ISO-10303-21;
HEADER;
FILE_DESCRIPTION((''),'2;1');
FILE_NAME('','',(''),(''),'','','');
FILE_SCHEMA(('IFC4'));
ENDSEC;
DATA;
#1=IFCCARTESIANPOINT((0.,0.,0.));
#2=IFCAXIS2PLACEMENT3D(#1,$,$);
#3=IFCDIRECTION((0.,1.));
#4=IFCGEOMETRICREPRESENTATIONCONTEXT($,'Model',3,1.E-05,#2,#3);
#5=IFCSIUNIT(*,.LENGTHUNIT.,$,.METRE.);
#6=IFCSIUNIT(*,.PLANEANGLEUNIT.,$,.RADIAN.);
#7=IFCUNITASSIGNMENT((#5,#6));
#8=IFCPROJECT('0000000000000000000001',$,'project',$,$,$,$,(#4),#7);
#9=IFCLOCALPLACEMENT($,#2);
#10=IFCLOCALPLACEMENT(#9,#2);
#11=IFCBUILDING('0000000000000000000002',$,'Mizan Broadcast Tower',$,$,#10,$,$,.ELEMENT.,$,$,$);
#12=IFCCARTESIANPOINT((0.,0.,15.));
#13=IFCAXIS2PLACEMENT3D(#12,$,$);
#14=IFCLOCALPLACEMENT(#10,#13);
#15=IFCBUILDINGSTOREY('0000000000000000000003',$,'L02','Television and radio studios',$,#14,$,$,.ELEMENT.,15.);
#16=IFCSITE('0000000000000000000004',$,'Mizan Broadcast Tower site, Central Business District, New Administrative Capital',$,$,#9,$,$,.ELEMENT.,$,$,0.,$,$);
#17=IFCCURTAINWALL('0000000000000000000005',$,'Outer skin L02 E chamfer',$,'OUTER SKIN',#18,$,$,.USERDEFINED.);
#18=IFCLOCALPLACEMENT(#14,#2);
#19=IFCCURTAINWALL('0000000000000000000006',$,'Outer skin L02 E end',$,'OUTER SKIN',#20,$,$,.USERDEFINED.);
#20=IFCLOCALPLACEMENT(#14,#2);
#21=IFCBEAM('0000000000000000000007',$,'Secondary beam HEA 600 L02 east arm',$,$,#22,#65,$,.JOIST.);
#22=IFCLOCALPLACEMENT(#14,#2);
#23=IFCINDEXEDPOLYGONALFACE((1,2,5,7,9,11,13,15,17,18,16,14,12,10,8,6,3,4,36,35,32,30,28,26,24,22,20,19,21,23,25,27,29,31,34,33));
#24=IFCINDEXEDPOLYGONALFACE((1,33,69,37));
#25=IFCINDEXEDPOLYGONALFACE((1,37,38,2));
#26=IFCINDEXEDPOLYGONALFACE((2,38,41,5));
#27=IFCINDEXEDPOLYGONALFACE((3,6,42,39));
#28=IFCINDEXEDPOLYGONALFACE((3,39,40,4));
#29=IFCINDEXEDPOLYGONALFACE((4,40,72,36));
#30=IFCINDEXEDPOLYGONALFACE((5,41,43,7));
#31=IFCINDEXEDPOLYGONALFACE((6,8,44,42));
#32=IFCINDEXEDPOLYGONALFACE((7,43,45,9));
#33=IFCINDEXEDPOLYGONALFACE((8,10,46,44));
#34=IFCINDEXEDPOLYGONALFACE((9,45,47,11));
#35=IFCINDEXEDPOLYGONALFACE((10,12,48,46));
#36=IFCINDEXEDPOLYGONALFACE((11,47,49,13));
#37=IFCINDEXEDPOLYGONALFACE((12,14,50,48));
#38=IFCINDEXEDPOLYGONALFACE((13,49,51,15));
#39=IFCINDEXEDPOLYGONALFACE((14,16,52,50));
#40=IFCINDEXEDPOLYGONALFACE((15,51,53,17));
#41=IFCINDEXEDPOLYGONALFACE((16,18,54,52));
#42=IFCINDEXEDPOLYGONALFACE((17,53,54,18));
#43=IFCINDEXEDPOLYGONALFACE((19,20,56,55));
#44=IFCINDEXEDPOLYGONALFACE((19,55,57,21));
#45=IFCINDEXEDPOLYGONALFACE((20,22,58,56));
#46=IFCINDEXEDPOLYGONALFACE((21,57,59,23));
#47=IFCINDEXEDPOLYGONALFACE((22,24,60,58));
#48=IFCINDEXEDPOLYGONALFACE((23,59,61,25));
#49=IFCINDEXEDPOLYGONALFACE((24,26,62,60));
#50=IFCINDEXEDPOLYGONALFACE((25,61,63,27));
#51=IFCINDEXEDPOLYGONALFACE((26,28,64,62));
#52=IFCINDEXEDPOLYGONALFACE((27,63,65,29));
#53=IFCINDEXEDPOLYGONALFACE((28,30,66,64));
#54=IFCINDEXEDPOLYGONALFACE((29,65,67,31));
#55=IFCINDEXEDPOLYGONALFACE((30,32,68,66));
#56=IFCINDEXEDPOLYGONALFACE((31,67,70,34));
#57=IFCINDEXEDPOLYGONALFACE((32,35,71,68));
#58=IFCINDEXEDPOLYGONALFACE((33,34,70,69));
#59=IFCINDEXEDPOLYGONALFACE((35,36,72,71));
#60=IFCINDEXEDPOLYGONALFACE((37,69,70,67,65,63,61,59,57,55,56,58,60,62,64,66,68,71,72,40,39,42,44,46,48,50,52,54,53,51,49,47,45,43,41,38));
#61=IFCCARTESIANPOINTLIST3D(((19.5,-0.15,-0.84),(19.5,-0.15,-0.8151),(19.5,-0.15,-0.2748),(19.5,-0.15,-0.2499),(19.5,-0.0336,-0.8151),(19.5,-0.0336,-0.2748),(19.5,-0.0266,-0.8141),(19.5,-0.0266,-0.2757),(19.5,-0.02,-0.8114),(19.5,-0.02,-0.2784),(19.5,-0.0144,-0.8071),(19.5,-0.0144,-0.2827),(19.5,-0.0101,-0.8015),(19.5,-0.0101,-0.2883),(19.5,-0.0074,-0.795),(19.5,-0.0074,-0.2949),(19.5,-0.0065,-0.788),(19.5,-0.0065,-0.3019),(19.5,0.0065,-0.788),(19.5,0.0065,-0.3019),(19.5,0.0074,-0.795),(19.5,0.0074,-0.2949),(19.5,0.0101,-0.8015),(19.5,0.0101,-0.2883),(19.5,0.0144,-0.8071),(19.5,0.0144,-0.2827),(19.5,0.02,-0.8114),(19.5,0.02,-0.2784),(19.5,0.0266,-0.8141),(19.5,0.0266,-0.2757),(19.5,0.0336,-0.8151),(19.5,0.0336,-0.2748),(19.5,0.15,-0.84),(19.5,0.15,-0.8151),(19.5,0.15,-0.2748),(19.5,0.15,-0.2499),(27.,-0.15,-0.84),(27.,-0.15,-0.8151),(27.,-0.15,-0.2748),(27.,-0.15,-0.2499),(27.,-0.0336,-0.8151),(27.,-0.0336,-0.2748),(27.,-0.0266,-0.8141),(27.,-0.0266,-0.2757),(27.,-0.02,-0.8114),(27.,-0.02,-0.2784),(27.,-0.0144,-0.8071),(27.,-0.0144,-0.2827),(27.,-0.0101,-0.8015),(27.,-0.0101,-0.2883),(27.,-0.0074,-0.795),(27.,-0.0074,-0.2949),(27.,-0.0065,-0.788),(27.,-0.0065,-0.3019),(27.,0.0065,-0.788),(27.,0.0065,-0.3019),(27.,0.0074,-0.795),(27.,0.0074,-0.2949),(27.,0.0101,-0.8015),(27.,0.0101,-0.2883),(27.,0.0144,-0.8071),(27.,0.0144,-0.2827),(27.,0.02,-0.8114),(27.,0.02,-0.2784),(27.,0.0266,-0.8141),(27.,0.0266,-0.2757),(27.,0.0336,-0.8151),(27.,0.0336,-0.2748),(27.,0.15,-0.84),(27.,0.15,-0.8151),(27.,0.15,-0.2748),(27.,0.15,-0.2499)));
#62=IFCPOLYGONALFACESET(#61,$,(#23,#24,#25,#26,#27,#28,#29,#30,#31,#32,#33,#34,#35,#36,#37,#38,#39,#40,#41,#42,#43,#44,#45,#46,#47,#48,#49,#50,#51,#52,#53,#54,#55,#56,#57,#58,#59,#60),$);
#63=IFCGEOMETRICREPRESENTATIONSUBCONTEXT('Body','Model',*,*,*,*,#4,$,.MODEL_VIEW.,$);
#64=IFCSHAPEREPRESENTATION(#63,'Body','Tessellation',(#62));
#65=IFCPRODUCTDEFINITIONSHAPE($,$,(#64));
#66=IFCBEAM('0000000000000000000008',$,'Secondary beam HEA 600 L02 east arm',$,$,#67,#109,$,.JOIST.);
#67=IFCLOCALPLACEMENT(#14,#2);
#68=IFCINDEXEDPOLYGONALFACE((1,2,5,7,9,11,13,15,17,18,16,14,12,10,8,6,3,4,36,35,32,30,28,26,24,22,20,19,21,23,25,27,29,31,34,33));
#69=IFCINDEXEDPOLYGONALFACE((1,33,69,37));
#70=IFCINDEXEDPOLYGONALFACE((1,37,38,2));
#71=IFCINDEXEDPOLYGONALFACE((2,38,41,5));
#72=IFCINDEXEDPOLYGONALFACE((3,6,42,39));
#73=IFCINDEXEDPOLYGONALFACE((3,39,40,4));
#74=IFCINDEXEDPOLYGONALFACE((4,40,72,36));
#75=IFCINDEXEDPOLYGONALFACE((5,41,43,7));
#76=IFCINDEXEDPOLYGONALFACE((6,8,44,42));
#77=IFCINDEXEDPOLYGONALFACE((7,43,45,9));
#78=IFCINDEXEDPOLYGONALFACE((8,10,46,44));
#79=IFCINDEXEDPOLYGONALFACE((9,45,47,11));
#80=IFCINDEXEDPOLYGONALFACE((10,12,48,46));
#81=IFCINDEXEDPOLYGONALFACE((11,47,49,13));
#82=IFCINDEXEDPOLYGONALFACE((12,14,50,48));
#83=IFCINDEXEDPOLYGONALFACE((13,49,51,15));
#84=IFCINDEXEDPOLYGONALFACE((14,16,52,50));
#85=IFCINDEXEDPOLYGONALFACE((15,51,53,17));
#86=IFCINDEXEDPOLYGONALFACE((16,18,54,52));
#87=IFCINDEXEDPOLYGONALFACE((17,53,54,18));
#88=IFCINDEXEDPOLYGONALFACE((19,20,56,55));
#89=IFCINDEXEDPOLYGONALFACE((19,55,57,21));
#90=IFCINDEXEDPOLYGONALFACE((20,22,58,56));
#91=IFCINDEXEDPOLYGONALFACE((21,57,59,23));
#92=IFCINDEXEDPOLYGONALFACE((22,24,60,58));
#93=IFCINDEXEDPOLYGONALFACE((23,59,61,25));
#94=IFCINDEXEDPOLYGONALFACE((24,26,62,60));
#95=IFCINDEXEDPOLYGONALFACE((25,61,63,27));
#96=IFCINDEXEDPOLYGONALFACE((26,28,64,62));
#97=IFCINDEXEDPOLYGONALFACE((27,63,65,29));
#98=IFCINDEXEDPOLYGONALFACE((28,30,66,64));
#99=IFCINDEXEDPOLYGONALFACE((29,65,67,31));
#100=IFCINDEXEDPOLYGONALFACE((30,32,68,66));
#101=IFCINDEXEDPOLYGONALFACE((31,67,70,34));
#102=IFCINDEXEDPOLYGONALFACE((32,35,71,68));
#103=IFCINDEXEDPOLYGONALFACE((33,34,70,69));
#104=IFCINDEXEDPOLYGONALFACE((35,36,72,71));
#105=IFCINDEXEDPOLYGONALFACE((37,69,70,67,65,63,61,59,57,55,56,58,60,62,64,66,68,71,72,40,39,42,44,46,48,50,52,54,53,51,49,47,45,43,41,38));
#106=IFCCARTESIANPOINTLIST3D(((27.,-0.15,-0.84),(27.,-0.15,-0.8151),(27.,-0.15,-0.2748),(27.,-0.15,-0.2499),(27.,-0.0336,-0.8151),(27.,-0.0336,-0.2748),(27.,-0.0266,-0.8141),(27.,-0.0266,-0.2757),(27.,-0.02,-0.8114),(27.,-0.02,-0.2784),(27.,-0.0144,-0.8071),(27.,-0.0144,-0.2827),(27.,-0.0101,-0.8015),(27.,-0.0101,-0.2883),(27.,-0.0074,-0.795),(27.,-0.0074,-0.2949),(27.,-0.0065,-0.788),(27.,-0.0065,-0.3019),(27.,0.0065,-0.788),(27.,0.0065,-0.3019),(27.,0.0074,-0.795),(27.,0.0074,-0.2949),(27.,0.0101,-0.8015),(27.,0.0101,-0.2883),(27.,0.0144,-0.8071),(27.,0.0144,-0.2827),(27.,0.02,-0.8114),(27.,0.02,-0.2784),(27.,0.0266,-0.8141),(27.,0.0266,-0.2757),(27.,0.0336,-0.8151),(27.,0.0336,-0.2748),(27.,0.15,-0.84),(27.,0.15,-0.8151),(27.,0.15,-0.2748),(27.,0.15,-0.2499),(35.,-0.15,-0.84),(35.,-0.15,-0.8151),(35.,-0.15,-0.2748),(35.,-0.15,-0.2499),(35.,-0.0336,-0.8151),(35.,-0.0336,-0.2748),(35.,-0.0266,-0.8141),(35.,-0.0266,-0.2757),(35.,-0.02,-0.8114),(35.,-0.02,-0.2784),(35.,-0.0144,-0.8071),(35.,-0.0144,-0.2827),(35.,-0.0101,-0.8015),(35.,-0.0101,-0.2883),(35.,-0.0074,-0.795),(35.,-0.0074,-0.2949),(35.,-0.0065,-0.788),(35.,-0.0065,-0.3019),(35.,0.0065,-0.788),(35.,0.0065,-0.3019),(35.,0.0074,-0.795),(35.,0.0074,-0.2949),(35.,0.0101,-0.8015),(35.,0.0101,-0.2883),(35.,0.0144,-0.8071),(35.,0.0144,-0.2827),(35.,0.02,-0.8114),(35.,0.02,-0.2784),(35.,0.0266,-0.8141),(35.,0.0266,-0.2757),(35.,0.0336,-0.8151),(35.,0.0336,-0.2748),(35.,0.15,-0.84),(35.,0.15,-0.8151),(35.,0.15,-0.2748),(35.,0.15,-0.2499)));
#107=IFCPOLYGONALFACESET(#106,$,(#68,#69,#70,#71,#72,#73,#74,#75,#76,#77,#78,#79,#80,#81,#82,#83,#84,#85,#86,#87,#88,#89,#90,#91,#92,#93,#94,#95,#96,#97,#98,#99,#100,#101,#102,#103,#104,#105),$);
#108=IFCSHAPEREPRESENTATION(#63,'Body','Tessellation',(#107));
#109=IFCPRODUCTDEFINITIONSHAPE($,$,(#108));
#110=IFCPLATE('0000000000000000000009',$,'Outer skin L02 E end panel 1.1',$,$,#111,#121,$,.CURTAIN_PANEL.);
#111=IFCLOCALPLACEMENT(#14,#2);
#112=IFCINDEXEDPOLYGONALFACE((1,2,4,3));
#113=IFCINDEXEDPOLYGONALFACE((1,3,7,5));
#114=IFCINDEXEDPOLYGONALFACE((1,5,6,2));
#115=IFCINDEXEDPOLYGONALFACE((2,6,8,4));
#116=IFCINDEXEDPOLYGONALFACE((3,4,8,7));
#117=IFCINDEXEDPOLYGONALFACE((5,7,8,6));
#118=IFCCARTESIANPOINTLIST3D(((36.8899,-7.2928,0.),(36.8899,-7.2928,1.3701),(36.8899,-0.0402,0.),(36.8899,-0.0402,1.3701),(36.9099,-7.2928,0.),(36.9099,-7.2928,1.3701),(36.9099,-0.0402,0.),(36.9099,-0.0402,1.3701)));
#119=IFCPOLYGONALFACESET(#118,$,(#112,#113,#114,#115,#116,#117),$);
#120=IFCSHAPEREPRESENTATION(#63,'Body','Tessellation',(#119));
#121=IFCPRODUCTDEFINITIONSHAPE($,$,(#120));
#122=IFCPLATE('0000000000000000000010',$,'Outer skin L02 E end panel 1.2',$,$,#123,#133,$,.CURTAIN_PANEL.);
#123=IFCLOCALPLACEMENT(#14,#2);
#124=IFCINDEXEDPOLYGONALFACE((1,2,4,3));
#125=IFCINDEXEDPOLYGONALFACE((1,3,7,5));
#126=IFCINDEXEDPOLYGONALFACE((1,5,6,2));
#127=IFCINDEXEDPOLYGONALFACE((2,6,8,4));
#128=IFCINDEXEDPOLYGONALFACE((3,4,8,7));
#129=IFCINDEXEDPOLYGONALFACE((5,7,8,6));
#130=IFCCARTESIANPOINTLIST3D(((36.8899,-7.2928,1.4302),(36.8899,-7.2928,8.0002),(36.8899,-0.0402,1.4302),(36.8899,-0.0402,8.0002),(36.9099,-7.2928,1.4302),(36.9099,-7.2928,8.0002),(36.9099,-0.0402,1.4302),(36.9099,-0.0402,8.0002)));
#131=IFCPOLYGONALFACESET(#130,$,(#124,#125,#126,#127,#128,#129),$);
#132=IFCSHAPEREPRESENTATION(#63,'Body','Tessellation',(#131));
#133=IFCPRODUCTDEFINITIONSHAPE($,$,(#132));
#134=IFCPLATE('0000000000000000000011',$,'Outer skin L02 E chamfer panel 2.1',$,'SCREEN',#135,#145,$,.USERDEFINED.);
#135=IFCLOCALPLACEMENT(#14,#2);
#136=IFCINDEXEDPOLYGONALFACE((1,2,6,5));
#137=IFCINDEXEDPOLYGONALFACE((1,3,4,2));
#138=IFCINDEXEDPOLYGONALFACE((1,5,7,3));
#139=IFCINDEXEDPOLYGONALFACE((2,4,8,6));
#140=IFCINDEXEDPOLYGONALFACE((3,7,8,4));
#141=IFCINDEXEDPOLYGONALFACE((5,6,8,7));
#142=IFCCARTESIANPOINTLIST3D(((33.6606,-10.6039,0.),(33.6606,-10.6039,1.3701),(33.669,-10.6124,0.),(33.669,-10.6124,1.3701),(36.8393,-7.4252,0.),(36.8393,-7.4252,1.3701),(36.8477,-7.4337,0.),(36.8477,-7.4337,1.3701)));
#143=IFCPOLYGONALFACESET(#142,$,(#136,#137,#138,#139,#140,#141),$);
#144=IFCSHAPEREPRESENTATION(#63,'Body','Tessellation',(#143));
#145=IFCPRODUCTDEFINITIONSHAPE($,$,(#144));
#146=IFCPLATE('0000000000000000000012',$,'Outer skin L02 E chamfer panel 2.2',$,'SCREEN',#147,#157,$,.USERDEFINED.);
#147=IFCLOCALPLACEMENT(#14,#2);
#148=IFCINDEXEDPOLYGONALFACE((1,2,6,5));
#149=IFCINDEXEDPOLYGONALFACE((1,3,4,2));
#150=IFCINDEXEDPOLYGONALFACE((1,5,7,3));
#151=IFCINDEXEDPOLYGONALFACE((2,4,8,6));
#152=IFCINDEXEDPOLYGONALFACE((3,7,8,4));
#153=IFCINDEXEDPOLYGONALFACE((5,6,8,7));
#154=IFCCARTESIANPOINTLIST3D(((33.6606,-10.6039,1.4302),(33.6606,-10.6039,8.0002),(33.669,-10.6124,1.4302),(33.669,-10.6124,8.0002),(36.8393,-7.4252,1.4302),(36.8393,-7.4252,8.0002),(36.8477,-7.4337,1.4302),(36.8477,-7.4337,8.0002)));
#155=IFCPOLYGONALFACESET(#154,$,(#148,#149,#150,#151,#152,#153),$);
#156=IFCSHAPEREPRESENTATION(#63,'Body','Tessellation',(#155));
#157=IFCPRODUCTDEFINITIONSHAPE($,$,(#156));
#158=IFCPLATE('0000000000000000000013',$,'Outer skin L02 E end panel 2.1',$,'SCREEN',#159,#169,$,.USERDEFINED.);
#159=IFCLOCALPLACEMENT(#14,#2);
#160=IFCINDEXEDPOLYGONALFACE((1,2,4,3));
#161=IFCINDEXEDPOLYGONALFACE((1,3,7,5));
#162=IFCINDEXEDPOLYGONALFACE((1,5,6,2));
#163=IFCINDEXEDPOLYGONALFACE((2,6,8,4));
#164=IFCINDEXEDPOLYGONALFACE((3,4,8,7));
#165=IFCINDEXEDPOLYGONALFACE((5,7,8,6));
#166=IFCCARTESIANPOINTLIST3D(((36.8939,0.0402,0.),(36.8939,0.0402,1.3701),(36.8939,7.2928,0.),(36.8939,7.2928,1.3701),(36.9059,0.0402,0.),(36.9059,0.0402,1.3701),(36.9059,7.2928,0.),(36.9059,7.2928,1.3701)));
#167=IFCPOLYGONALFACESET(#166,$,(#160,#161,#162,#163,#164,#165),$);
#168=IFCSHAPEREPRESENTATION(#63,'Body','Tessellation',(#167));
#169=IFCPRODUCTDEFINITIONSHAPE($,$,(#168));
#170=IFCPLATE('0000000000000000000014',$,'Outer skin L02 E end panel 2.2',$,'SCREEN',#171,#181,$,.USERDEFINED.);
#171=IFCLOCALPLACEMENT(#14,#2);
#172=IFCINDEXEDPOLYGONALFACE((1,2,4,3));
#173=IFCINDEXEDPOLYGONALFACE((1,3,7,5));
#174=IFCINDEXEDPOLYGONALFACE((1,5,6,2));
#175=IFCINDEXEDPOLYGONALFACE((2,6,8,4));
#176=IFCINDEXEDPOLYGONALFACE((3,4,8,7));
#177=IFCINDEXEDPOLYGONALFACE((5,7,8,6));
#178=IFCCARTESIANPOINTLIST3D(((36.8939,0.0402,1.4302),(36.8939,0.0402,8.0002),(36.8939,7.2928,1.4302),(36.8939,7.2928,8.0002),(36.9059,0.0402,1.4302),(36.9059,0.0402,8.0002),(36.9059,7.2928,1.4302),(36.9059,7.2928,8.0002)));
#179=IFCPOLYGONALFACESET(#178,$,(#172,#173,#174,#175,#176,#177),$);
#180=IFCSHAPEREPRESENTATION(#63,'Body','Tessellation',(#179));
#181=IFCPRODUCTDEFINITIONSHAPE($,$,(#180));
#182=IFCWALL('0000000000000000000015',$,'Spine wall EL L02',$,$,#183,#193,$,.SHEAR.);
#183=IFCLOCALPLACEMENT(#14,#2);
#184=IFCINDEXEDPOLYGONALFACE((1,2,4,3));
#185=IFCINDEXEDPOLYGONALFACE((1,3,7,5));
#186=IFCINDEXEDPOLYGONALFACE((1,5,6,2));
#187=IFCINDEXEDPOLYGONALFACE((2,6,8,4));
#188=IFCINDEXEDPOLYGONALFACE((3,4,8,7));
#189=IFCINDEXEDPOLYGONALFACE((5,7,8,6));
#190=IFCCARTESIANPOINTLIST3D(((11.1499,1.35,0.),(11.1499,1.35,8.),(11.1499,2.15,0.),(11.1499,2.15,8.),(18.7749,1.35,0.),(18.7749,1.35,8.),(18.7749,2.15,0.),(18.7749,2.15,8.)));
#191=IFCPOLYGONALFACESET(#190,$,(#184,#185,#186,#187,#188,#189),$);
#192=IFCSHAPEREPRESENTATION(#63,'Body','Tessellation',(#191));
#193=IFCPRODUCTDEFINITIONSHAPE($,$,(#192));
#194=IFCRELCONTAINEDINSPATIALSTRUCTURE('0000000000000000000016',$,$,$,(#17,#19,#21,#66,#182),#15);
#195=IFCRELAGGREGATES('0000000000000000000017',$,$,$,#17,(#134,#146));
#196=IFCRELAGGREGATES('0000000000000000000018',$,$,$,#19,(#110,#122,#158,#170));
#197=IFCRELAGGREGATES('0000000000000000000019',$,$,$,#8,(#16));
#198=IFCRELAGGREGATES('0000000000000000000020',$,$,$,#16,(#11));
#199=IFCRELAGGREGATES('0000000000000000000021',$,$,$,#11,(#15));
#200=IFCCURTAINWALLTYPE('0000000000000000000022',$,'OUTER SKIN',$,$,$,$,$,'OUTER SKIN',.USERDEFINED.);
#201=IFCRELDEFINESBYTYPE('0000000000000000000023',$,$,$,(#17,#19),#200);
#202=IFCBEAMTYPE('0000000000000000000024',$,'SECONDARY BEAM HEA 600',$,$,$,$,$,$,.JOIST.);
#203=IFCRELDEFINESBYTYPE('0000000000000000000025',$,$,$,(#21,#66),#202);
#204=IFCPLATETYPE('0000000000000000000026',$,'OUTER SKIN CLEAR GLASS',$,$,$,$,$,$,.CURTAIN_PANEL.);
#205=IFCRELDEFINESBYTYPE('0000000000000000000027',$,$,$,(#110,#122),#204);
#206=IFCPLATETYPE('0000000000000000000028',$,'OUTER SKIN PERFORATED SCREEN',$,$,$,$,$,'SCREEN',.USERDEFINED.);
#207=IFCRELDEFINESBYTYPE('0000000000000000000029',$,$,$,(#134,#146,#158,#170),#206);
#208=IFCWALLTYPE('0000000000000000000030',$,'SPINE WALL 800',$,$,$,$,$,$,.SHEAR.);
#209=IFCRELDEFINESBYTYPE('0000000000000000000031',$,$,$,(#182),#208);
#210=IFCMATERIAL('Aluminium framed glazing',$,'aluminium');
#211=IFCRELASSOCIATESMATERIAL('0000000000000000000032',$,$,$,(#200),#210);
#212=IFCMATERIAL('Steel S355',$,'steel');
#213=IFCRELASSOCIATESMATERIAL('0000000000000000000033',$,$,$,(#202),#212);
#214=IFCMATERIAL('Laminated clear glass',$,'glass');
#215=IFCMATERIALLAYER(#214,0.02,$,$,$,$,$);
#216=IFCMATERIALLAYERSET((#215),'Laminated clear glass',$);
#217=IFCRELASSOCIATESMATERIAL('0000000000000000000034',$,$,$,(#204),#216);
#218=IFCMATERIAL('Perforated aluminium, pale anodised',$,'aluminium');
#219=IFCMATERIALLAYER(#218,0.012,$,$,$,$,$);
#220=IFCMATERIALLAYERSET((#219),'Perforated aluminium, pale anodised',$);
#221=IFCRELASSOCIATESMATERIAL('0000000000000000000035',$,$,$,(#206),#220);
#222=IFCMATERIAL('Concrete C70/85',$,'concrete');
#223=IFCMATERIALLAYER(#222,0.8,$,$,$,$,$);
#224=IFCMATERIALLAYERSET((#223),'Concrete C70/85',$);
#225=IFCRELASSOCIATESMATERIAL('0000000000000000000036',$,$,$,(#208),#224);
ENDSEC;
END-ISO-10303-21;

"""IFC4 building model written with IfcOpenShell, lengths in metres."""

from ifc_helpers import new_model, si_unit, direction, frame, frame_2d, origin, origin_2d, place, context, subcontext, project, spatial, rectangle, i_section, extrude, material, layer, layer_set, material_profile, profile_set, type_object, element, aggregate, save


model = new_model("IFC4")

# Units and contexts
model_context = context("Model", 3, precision=1e-05, world=origin(), true_north=direction((0.0, 1.0)))
body_context = subcontext(model_context, "Body", "Model", "MODEL_VIEW")
ifc_project = project(units=[si_unit("LENGTHUNIT", "METRE"), si_unit("PLANEANGLEUNIT", "RADIAN")], contexts=[model_context])

# Site, building, storey
site_placement = place(None, origin())
site = spatial("IfcSite", under=ifc_project, at=site_placement, Name="Mizan Broadcast Tower site, Central Business District, New Administrative Capital", CompositionType="ELEMENT", RefElevation=0.0)
building_placement = place(site_placement, origin())
building = spatial("IfcBuilding", under=site, at=building_placement, Name="Mizan Broadcast Tower", CompositionType="ELEMENT")
storey_placement = place(building_placement, frame((0.0, 0.0, 15.0)))
storey = spatial("IfcBuildingStorey", under=building, at=storey_placement, Name="L02", Description="Television and radio studios", CompositionType="ELEMENT", Elevation=15.0)

# Curtain wall
ifc_material_1 = material(Name="Aluminium framed glazing", Category="aluminium")
curtain_wall_type = type_object("IfcCurtainWallType", Name="OUTER SKIN", ElementType="OUTER SKIN", PredefinedType="USERDEFINED", material=ifc_material_1)
curtain_wall_1_placement = place(storey_placement, origin())
curtain_wall_1 = element("IfcCurtainWall", 1, at=curtain_wall_1_placement, inside=storey, type_object=curtain_wall_type, Name="Outer skin L02 E chamfer", ObjectType="OUTER SKIN", PredefinedType="USERDEFINED")

# Curtain wall
curtain_wall_2_placement = place(storey_placement, origin())
curtain_wall_2 = element("IfcCurtainWall", 2, at=curtain_wall_2_placement, inside=storey, type_object=curtain_wall_type, Name="Outer skin L02 E end", ObjectType="OUTER SKIN", PredefinedType="USERDEFINED")

# Beams
ifc_material_2 = material(Name="Steel S355", Category="steel")
ifc_material_profile_1 = material_profile(ifc_material_2, i_section(OverallWidth=0.3, OverallDepth=0.5901, WebThickness=0.0129, FlangeThickness=0.0249, FilletRadius=0.0271, at=origin_2d()), Name="HEA 600")
ifc_profile_set_1 = profile_set([ifc_material_profile_1], Name="Steel S355")
beam_type_1 = type_object("IfcBeamType", Name="SECONDARY BEAM HEA 600", PredefinedType="JOIST", material=ifc_profile_set_1)
beam_1_placement = place(storey_placement, frame((19.5, 0.0, -0.5449), z_axis=(1.0, 0.0, 0.0), x_axis=(0.0, 1.0, 0.0)))
element("IfcBeam", 3, at=beam_1_placement, inside=storey, type_object=beam_type_1, Name="Secondary beam HEA 600 L02 east arm", PredefinedType="JOIST", context=body_context, shape_type="SweptSolid", body=[
    extrude(i_section(OverallWidth=0.3, OverallDepth=0.5901, WebThickness=0.0129, FlangeThickness=0.0249, FilletRadius=0.0271, at=origin_2d()), origin(), (0.0, 0.0, 1.0), 7.5),
])
beam_2_placement = place(storey_placement, frame((27.0, 0.0, -0.5449), z_axis=(1.0, 0.0, 0.0), x_axis=(0.0, 1.0, 0.0)))
element("IfcBeam", 4, at=beam_2_placement, inside=storey, type_object=beam_type_1, Name="Secondary beam HEA 600 L02 east arm", PredefinedType="JOIST", context=body_context, shape_type="SweptSolid", body=[
    extrude(i_section(OverallWidth=0.3, OverallDepth=0.5901, WebThickness=0.0129, FlangeThickness=0.0249, FilletRadius=0.0271, at=origin_2d()), origin(), (0.0, 0.0, 1.0), 8.0),
])

# Plates
ifc_material_3 = material(Name="Laminated clear glass", Category="glass")
ifc_layer_1 = layer(ifc_material_3, 0.02)
ifc_layer_set_1 = layer_set([ifc_layer_1], Name="Laminated clear glass")
plate_type_1 = type_object("IfcPlateType", Name="OUTER SKIN CLEAR GLASS", PredefinedType="CURTAIN_PANEL", material=ifc_layer_set_1)
plate_1_placement = place(storey_placement, frame((36.8999, -3.6665, 0.0), z_axis=(0.0, 0.0, 1.0), x_axis=(0.0, 1.0, 0.0)))
plate_1 = element("IfcPlate", 5, at=plate_1_placement, type_object=plate_type_1, Name="Outer skin L02 E end panel 1.1", PredefinedType="CURTAIN_PANEL", context=body_context, shape_type="SweptSolid", body=[
    extrude(rectangle(XDim=7.2527, YDim=0.02, at=origin_2d()), origin(), (0.0, 0.0, 1.0), 1.3701),
])
plate_2_placement = place(storey_placement, frame((36.8999, -3.6665, 1.4302), z_axis=(0.0, 0.0, 1.0), x_axis=(0.0, 1.0, 0.0)))
plate_2 = element("IfcPlate", 6, at=plate_2_placement, type_object=plate_type_1, Name="Outer skin L02 E end panel 1.2", PredefinedType="CURTAIN_PANEL", context=body_context, shape_type="SweptSolid", body=[
    extrude(rectangle(XDim=7.2527, YDim=0.02, at=origin_2d()), origin(), (0.0, 0.0, 1.0), 6.5701),
])
ifc_material_4 = material(Name="Perforated aluminium, pale anodised", Category="aluminium")
ifc_layer_2 = layer(ifc_material_4, 0.012)
ifc_layer_set_2 = layer_set([ifc_layer_2], Name="Perforated aluminium, pale anodised")
plate_type_2 = type_object("IfcPlateType", Name="OUTER SKIN PERFORATED SCREEN", ElementType="SCREEN", PredefinedType="USERDEFINED", material=ifc_layer_set_2)
plate_3_placement = place(storey_placement, frame((35.2542, -9.0188, 0.0), z_axis=(0.0, 0.0, 1.0), x_axis=(0.707107, 0.707107, 0.0)))
plate_3 = element("IfcPlate", 7, at=plate_3_placement, type_object=plate_type_2, Name="Outer skin L02 E chamfer panel 2.1", ObjectType="SCREEN", PredefinedType="USERDEFINED", context=body_context, shape_type="SweptSolid", body=[
    extrude(rectangle(XDim=4.4954, YDim=0.012, at=origin_2d()), origin(), (0.0, 0.0, 1.0), 1.3701),
])
plate_4_placement = place(storey_placement, frame((35.2542, -9.0188, 1.4302), z_axis=(0.0, 0.0, 1.0), x_axis=(0.707107, 0.707107, 0.0)))
plate_4 = element("IfcPlate", 8, at=plate_4_placement, type_object=plate_type_2, Name="Outer skin L02 E chamfer panel 2.2", ObjectType="SCREEN", PredefinedType="USERDEFINED", context=body_context, shape_type="SweptSolid", body=[
    extrude(rectangle(XDim=4.4954, YDim=0.012, at=origin_2d()), origin(), (0.0, 0.0, 1.0), 6.5701),
])
aggregate(curtain_wall_1, [plate_3, plate_4])
plate_5_placement = place(storey_placement, frame((36.8999, 3.6665, 0.0), z_axis=(0.0, 0.0, 1.0), x_axis=(0.0, 1.0, 0.0)))
plate_5 = element("IfcPlate", 9, at=plate_5_placement, type_object=plate_type_2, Name="Outer skin L02 E end panel 2.1", ObjectType="SCREEN", PredefinedType="USERDEFINED", context=body_context, shape_type="SweptSolid", body=[
    extrude(rectangle(XDim=7.2527, YDim=0.012, at=origin_2d()), origin(), (0.0, 0.0, 1.0), 1.3701),
])
plate_6_placement = place(storey_placement, frame((36.8999, 3.6665, 1.4302), z_axis=(0.0, 0.0, 1.0), x_axis=(0.0, 1.0, 0.0)))
plate_6 = element("IfcPlate", 10, at=plate_6_placement, type_object=plate_type_2, Name="Outer skin L02 E end panel 2.2", ObjectType="SCREEN", PredefinedType="USERDEFINED", context=body_context, shape_type="SweptSolid", body=[
    extrude(rectangle(XDim=7.2527, YDim=0.012, at=origin_2d()), origin(), (0.0, 0.0, 1.0), 6.5701),
])
aggregate(curtain_wall_2, [plate_1, plate_2, plate_5, plate_6])

# Wall
ifc_material_5 = material(Name="Concrete C70/85", Category="concrete")
ifc_layer_3 = layer(ifc_material_5, 0.8)
ifc_layer_set_3 = layer_set([ifc_layer_3], Name="Concrete C70/85")
wall_type_1 = type_object("IfcWallType", Name="SPINE WALL 800", PredefinedType="SHEAR", material=ifc_layer_set_3)
wall_1_placement = place(storey_placement, frame((11.1499, 1.75, 0.0), z_axis=(0.0, 0.0, 1.0), x_axis=(1.0, 0.0, 0.0)))
element("IfcWall", 11, at=wall_1_placement, inside=storey, type_object=wall_type_1, Name="Spine wall EL L02", PredefinedType="SHEAR", context=body_context, shape_type="SweptSolid", body=[
    extrude(rectangle(XDim=7.625, YDim=0.8, at=frame_2d((3.8125, 0.0))), origin(), (0.0, 0.0, 1.0), 8.0),
])

save(model, "model.ifc")
